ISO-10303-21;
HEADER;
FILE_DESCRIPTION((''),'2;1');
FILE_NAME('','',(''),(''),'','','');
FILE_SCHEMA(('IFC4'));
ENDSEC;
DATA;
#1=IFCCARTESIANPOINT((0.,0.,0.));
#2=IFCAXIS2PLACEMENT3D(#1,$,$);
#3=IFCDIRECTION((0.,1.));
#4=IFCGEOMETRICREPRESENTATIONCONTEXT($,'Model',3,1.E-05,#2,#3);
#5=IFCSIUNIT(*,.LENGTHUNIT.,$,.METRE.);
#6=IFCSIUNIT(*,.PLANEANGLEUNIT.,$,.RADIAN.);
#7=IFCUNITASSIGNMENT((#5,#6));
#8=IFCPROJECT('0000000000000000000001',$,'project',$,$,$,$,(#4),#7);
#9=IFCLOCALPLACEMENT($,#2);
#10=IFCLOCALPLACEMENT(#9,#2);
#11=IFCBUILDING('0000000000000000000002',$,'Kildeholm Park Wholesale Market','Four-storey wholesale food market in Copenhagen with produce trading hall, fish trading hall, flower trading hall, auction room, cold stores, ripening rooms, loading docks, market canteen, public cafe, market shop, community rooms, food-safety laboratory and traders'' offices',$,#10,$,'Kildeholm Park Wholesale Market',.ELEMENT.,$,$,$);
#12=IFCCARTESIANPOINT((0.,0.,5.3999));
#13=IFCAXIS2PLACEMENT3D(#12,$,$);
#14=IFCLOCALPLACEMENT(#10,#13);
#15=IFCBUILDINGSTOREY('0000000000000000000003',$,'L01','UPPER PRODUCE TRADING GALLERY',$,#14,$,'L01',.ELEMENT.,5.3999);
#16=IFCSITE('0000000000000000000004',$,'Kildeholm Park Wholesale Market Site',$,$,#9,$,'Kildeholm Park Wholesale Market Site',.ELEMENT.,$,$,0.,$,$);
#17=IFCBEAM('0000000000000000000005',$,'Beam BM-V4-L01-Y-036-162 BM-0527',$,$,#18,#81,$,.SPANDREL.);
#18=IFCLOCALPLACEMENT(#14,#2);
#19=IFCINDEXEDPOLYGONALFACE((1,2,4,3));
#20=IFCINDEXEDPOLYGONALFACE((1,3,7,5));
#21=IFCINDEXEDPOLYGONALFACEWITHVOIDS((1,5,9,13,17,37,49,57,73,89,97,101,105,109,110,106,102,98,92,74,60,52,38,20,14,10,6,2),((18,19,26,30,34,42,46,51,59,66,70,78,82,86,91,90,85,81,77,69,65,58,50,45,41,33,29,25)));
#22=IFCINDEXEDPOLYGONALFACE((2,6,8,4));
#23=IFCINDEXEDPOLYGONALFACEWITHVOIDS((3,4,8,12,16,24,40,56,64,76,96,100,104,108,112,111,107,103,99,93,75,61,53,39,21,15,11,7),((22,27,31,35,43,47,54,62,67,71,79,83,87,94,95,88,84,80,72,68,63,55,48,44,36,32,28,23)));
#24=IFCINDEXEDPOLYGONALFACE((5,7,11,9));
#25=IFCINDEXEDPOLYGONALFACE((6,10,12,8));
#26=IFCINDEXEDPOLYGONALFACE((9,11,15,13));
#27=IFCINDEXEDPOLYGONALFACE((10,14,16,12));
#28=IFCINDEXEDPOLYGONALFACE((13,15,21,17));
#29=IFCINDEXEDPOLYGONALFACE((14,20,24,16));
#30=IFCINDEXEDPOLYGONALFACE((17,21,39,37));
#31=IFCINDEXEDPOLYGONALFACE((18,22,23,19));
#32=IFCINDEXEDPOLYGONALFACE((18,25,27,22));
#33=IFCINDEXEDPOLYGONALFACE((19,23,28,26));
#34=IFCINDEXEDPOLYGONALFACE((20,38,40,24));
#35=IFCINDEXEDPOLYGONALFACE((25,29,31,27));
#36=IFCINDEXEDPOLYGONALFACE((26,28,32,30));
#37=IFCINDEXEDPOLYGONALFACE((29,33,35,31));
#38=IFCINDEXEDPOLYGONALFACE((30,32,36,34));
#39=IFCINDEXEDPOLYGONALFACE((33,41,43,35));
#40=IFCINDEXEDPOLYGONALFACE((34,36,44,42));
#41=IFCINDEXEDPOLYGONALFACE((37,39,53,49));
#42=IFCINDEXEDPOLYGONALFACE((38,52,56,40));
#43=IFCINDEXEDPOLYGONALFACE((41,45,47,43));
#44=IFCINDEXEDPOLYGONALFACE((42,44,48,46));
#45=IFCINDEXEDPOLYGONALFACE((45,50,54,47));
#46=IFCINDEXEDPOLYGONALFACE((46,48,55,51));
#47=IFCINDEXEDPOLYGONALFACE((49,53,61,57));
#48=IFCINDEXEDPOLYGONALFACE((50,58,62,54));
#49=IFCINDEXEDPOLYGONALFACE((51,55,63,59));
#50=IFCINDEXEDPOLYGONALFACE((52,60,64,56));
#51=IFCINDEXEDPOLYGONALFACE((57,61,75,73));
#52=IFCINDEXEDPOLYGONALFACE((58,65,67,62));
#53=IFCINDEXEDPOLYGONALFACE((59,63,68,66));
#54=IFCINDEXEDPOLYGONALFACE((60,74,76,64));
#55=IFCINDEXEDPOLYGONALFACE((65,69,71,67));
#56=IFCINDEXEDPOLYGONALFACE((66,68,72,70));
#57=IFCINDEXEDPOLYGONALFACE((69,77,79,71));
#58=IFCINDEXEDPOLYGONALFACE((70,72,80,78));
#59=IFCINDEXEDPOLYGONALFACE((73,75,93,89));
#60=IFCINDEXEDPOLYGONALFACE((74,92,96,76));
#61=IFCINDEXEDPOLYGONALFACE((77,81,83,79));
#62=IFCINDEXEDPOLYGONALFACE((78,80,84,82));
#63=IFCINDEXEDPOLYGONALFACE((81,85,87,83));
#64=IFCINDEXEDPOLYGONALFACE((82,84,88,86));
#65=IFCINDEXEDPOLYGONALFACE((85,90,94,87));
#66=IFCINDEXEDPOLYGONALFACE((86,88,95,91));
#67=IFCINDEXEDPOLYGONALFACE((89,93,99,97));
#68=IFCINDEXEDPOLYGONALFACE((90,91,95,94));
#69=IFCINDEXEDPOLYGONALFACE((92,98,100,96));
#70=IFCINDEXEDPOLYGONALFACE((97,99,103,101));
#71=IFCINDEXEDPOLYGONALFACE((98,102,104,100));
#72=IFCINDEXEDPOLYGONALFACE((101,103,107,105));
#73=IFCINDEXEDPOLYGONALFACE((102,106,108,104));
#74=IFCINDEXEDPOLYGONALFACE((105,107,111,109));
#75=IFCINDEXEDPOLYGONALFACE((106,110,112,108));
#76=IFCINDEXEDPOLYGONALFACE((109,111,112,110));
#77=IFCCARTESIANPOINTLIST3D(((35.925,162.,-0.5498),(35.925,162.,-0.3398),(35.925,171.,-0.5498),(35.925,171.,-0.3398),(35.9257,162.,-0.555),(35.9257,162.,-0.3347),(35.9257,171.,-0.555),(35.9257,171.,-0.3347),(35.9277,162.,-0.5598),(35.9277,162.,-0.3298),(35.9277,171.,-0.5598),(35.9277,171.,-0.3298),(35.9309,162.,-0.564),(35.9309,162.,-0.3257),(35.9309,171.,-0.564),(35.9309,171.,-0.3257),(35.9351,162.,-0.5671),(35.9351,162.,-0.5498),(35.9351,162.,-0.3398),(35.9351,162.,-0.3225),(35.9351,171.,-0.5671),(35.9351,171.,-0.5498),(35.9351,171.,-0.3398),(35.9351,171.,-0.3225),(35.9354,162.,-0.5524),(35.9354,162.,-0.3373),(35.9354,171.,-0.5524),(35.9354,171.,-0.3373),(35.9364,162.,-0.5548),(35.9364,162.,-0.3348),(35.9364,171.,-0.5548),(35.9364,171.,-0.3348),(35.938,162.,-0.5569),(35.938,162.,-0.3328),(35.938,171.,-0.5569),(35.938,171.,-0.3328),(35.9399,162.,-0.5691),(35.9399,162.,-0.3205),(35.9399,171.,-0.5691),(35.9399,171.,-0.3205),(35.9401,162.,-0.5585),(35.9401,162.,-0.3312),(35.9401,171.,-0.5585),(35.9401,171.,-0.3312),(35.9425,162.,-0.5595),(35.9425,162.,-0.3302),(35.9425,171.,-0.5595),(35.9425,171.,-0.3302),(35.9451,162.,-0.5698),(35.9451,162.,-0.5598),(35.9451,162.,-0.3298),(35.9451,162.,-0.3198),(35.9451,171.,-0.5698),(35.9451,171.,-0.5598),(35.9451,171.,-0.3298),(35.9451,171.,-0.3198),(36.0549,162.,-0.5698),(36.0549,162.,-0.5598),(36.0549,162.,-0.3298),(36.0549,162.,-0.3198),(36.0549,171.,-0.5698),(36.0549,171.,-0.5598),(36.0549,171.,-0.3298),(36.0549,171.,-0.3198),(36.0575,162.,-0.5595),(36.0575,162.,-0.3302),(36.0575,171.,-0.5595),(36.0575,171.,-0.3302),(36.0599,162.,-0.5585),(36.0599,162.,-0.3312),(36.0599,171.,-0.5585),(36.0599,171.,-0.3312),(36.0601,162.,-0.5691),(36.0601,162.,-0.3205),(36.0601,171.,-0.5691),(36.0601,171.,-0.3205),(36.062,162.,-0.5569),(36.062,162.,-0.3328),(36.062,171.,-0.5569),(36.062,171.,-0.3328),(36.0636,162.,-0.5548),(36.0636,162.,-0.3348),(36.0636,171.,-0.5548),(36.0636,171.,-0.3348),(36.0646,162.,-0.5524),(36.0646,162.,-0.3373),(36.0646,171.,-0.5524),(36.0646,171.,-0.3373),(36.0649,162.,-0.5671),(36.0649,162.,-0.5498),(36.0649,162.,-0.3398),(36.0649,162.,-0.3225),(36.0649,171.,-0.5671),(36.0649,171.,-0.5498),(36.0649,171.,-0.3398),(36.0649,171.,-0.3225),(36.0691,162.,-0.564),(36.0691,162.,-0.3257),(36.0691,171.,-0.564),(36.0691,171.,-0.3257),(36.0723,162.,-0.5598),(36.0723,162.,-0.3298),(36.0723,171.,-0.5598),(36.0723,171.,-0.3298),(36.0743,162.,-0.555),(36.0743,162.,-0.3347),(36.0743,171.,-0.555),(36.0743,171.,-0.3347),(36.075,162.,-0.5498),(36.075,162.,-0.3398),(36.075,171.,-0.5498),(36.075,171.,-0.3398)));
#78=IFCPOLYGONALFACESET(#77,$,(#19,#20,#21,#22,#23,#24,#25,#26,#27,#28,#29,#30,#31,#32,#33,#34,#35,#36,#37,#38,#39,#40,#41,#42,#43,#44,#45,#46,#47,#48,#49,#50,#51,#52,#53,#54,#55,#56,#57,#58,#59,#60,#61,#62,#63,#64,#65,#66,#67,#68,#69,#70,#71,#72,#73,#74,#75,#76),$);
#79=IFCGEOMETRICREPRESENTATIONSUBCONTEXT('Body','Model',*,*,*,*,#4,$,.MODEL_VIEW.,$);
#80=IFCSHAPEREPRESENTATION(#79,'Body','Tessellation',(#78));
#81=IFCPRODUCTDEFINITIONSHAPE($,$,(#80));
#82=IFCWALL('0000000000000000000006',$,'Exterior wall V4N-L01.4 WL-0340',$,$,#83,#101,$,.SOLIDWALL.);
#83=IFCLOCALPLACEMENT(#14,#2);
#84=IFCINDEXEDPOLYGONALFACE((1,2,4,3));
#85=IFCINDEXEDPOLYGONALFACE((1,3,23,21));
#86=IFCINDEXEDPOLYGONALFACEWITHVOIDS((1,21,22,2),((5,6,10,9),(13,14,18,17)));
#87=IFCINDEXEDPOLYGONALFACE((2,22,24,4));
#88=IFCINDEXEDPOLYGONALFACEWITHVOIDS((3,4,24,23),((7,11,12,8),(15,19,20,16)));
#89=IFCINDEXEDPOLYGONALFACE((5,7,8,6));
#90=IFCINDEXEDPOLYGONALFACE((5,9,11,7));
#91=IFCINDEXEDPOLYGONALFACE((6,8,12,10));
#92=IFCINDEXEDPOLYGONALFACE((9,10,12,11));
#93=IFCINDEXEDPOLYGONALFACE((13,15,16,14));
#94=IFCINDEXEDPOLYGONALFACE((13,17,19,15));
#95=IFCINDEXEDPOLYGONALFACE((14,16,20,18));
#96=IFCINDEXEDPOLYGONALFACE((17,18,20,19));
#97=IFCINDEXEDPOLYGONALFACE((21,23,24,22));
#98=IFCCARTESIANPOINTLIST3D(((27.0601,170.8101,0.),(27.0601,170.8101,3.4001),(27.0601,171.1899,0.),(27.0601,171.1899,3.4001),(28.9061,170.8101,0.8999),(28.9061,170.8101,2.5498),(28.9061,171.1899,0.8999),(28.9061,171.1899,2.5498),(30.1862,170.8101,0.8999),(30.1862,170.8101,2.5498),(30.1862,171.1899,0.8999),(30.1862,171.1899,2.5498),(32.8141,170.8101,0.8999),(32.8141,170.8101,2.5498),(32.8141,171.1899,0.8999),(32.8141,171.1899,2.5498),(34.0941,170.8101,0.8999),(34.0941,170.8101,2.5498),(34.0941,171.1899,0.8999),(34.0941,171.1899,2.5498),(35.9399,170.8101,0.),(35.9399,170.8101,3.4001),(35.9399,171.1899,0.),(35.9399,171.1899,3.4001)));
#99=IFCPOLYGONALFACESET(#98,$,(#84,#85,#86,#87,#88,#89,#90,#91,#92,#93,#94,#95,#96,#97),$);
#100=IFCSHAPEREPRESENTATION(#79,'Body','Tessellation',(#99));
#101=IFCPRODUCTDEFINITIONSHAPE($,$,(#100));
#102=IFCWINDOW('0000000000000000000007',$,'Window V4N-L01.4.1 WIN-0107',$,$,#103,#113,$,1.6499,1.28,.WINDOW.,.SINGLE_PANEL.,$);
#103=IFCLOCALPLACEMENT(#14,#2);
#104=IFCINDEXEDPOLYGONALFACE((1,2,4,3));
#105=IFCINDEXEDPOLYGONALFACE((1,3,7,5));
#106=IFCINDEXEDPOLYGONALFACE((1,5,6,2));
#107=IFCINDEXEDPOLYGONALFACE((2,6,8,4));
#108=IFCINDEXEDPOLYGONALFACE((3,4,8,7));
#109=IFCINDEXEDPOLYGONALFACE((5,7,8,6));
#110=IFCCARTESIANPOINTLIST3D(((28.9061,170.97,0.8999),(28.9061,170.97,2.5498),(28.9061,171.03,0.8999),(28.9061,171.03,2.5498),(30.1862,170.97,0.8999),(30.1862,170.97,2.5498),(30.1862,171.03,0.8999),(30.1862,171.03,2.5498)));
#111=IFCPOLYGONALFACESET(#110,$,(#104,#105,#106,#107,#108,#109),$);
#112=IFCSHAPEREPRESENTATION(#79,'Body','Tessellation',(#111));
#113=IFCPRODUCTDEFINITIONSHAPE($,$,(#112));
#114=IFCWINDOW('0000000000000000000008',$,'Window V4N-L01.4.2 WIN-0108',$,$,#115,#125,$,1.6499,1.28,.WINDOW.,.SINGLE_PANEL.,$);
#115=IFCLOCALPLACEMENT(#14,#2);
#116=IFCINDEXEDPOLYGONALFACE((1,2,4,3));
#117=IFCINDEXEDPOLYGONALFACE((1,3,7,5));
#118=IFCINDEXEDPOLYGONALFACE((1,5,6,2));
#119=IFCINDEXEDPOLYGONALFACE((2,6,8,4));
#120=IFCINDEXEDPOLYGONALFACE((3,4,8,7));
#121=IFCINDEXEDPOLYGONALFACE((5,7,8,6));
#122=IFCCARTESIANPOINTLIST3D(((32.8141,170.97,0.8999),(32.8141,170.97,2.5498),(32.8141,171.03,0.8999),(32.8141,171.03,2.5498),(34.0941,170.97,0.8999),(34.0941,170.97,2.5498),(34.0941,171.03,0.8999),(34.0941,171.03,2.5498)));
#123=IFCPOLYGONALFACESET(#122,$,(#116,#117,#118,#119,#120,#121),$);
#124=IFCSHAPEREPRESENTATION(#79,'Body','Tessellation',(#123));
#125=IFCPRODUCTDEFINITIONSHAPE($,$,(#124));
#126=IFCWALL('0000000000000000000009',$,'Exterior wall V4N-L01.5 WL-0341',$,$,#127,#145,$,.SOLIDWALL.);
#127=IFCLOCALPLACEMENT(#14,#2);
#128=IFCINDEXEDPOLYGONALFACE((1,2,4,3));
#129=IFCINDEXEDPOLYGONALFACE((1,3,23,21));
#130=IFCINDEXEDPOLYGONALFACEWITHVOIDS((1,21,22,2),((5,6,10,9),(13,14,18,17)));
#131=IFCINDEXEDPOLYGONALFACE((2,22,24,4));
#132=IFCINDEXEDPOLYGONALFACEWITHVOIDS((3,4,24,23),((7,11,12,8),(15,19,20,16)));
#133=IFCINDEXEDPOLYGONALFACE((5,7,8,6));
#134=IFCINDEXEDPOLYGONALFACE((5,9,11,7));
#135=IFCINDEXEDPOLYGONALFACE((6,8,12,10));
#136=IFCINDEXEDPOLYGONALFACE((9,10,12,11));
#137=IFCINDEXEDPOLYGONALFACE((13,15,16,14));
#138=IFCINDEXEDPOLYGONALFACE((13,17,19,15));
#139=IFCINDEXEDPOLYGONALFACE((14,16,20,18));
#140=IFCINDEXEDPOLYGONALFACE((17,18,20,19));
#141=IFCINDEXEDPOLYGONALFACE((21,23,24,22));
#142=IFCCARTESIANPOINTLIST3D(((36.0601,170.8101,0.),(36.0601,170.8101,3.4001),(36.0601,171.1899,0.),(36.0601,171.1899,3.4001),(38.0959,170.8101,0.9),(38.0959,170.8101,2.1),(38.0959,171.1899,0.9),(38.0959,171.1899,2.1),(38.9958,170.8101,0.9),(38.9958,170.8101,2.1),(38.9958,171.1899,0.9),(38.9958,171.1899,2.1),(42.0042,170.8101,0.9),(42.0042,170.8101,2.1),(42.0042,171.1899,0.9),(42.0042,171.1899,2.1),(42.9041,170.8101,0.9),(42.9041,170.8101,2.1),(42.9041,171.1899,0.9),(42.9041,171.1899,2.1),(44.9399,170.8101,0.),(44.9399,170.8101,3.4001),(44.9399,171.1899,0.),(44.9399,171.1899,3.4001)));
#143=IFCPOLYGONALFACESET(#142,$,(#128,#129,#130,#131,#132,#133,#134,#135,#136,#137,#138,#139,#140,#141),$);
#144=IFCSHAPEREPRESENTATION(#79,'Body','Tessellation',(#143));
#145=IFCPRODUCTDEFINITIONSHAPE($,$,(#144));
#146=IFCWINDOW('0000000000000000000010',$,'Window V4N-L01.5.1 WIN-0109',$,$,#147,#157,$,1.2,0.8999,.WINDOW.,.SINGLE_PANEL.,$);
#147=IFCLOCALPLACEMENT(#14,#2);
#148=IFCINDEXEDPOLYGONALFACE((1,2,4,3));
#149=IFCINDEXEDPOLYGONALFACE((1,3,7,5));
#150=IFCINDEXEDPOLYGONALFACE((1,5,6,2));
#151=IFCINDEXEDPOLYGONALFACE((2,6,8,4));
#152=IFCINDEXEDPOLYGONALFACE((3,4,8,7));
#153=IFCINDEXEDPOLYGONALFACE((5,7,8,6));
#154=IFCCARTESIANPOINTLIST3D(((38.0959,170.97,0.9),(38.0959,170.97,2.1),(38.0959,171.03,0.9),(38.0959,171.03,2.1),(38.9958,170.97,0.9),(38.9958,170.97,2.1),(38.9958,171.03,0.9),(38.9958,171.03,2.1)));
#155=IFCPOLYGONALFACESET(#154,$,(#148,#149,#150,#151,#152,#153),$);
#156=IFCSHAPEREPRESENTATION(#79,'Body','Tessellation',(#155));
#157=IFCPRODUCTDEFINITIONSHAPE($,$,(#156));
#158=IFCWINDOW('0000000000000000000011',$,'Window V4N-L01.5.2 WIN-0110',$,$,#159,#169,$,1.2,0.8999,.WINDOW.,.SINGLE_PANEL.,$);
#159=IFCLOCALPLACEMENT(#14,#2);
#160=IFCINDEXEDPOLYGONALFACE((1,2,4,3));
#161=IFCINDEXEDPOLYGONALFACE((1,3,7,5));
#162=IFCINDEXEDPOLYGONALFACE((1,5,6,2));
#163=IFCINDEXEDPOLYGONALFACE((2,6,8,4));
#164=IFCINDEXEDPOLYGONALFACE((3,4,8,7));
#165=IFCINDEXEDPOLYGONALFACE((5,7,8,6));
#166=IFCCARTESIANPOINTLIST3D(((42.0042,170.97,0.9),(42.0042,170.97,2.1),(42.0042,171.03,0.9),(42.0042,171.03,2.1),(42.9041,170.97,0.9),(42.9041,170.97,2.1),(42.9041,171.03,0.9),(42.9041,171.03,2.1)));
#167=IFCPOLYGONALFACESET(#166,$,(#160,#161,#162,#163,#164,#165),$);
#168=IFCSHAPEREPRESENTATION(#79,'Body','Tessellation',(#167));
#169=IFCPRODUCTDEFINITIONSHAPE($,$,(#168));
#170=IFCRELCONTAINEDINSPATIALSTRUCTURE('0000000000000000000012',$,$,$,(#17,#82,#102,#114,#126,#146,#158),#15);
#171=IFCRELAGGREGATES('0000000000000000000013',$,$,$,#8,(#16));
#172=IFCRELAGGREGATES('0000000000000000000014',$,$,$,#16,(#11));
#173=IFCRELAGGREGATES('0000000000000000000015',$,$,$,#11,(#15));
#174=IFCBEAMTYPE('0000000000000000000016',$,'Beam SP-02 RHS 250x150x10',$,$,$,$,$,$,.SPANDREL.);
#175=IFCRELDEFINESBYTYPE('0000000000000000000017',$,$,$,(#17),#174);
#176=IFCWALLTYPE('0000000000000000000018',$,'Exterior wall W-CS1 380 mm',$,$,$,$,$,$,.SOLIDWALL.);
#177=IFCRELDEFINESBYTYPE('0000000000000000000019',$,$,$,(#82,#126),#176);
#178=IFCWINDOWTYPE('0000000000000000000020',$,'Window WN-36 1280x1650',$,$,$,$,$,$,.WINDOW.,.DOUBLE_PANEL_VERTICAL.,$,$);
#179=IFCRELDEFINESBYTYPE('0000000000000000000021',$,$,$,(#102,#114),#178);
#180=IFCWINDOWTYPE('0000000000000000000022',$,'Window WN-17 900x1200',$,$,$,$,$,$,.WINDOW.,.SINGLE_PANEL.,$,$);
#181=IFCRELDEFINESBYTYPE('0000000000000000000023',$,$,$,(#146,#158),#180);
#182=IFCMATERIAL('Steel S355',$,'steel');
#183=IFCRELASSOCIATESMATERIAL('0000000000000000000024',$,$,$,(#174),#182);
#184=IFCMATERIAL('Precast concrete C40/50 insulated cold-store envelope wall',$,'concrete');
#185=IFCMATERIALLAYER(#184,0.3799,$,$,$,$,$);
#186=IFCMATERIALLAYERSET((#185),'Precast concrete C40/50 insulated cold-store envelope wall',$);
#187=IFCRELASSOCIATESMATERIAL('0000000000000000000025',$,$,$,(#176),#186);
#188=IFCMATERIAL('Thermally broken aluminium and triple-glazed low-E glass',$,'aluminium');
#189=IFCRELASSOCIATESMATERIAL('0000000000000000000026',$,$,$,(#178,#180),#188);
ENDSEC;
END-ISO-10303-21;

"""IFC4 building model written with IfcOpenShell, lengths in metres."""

from ifc_helpers import new_model, si_unit, direction, frame, frame_2d, origin, origin_2d, place, context, subcontext, project, spatial, rectangle, hollow_rectangle, extrude, material, layer, layer_set, material_profile, profile_set, type_object, element, fill, save


model = new_model("IFC4")

# Units and contexts
model_context = context("Model", 3, precision=1e-05, world=origin(), true_north=direction((0.0, 1.0)))
body_context = subcontext(model_context, "Body", "Model", "MODEL_VIEW")
ifc_project = project(units=[si_unit("LENGTHUNIT", "METRE"), si_unit("PLANEANGLEUNIT", "RADIAN")], contexts=[model_context])

# Site, building, storey
site_placement = place(None, origin())
site = spatial("IfcSite", under=ifc_project, at=site_placement, Name="Kildeholm Park Wholesale Market Site", LongName="Kildeholm Park Wholesale Market Site", CompositionType="ELEMENT", RefElevation=0.0)
building_placement = place(site_placement, origin())
building = spatial("IfcBuilding", under=site, at=building_placement, Name="Kildeholm Park Wholesale Market", Description="Four-storey wholesale food market in Copenhagen with produce trading hall, fish trading hall, flower trading hall, auction room, cold stores, ripening rooms, loading docks, market canteen, public cafe, market shop, community rooms, food-safety laboratory and traders' offices", LongName="Kildeholm Park Wholesale Market", CompositionType="ELEMENT")
storey_placement = place(building_placement, frame((0.0, 0.0, 5.3999)))
storey = spatial("IfcBuildingStorey", under=building, at=storey_placement, Name="L01", Description="UPPER PRODUCE TRADING GALLERY", LongName="L01", CompositionType="ELEMENT", Elevation=5.3999)

# Beam
ifc_material_1 = material(Name="Steel S355", Category="steel")
ifc_material_profile_1 = material_profile(ifc_material_1, hollow_rectangle(XDim=0.1499, YDim=0.25, WallThickness=0.01, InnerFilletRadius=0.01, OuterFilletRadius=0.02, at=origin_2d()), Name="RHS 250x150x10")
ifc_profile_set_1 = profile_set([ifc_material_profile_1], Name="Steel S355")
beam_type_1 = type_object("IfcBeamType", Name="Beam SP-02 RHS 250x150x10", PredefinedType="SPANDREL", material=ifc_profile_set_1)
beam_1_placement = place(storey_placement, frame((36.0, 162.0, -0.4448), z_axis=(0.0, 1.0, 0.0), x_axis=(-1.0, 0.0, 0.0)))
element("IfcBeam", 1, at=beam_1_placement, inside=storey, type_object=beam_type_1, Name="Beam BM-V4-L01-Y-036-162 BM-0527", PredefinedType="SPANDREL", context=body_context, shape_type="SweptSolid", body=[
    extrude(hollow_rectangle(XDim=0.1499, YDim=0.25, WallThickness=0.01, InnerFilletRadius=0.01, OuterFilletRadius=0.02, at=origin_2d()), origin(), (0.0, 0.0, 1.0), 9.0),
])

# Walls, openings, windows
ifc_material_2 = material(Name="Precast concrete C40/50 insulated cold-store envelope wall", Category="concrete")
ifc_layer_1 = layer(ifc_material_2, 0.3799)
ifc_layer_set_1 = layer_set([ifc_layer_1], Name="Precast concrete C40/50 insulated cold-store envelope wall")
wall_type_1 = type_object("IfcWallType", Name="Exterior wall W-CS1 380 mm", PredefinedType="SOLIDWALL", material=ifc_layer_set_1)
wall_1_placement = place(storey_placement, frame((27.0601, 171.0, 0.0), z_axis=(0.0, 0.0, 1.0), x_axis=(1.0, 0.0, 0.0)))
wall_1 = element("IfcWall", 2, at=wall_1_placement, inside=storey, type_object=wall_type_1, Name="Exterior wall V4N-L01.4 WL-0340", PredefinedType="SOLIDWALL", context=body_context, shape_type="SweptSolid", body=[
    extrude(rectangle(XDim=8.8799, YDim=0.3799, at=frame_2d((4.4399, 0.0))), origin(), (0.0, 0.0, 1.0), 3.4001),
])
opening_1_placement = place(wall_1_placement, frame((1.8459, 0.0, 0.8999)))
opening_1 = element("IfcOpeningElement", 3, at=opening_1_placement, cuts=wall_1, PredefinedType="OPENING", context=body_context, shape_type="SweptSolid", body=[
    extrude(rectangle(XDim=1.28, YDim=1.6499, at=frame_2d((0.6401, 0.825))), frame((0.0, 0.2, 0.0), z_axis=(0.0, -1.0, 0.0), x_axis=(1.0, 0.0, 0.0)), (0.0, 0.0, 1.0), 0.3999),
])
opening_2_placement = place(wall_1_placement, frame((5.7539, 0.0, 0.8999)))
opening_2 = element("IfcOpeningElement", 4, at=opening_2_placement, cuts=wall_1, PredefinedType="OPENING", context=body_context, shape_type="SweptSolid", body=[
    extrude(rectangle(XDim=1.28, YDim=1.6499, at=frame_2d((0.6401, 0.825))), frame((0.0, 0.2, 0.0), z_axis=(0.0, -1.0, 0.0), x_axis=(1.0, 0.0, 0.0)), (0.0, 0.0, 1.0), 0.3999),
])
ifc_material_3 = material(Name="Thermally broken aluminium and triple-glazed low-E glass", Category="aluminium")
window_type_1 = type_object("IfcWindowType", Name="Window WN-36 1280x1650", PartitioningType="DOUBLE_PANEL_VERTICAL", PredefinedType="WINDOW", material=ifc_material_3)
window_1_placement = place(opening_1_placement, origin())
window_1 = element("IfcWindow", 5, at=window_1_placement, inside=storey, type_object=window_type_1, Name="Window V4N-L01.4.1 WIN-0107", OverallHeight=1.6499, OverallWidth=1.28, PartitioningType="SINGLE_PANEL", PredefinedType="WINDOW", context=body_context, shape_type="SweptSolid", body=[
    extrude(rectangle(XDim=1.28, YDim=1.6499, at=frame_2d((0.6401, 0.825))), frame((0.0, 0.03, 0.0), z_axis=(0.0, -1.0, 0.0), x_axis=(1.0, 0.0, 0.0)), (0.0, 0.0, 1.0), 0.0601),
])
fill(opening_1, window_1)
window_2_placement = place(opening_2_placement, origin())
window_2 = element("IfcWindow", 6, at=window_2_placement, inside=storey, type_object=window_type_1, Name="Window V4N-L01.4.2 WIN-0108", OverallHeight=1.6499, OverallWidth=1.28, PartitioningType="SINGLE_PANEL", PredefinedType="WINDOW", context=body_context, shape_type="SweptSolid", body=[
    extrude(rectangle(XDim=1.28, YDim=1.6499, at=frame_2d((0.6401, 0.825))), frame((0.0, 0.03, 0.0), z_axis=(0.0, -1.0, 0.0), x_axis=(1.0, 0.0, 0.0)), (0.0, 0.0, 1.0), 0.0601),
])
fill(opening_2, window_2)
wall_2_placement = place(storey_placement, frame((36.0601, 171.0, 0.0), z_axis=(0.0, 0.0, 1.0), x_axis=(1.0, 0.0, 0.0)))
wall_2 = element("IfcWall", 7, at=wall_2_placement, inside=storey, type_object=wall_type_1, Name="Exterior wall V4N-L01.5 WL-0341", PredefinedType="SOLIDWALL", context=body_context, shape_type="SweptSolid", body=[
    extrude(rectangle(XDim=8.8799, YDim=0.3799, at=frame_2d((4.4399, 0.0))), origin(), (0.0, 0.0, 1.0), 3.4001),
])
opening_3_placement = place(wall_2_placement, frame((2.0359, 0.0, 0.8999)))
opening_3 = element("IfcOpeningElement", 8, at=opening_3_placement, cuts=wall_2, PredefinedType="OPENING", context=body_context, shape_type="SweptSolid", body=[
    extrude(rectangle(XDim=0.8999, YDim=1.2, at=frame_2d((0.45, 0.6001))), frame((0.0, 0.2, 0.0), z_axis=(0.0, -1.0, 0.0), x_axis=(1.0, 0.0, 0.0)), (0.0, 0.0, 1.0), 0.3999),
])
opening_4_placement = place(wall_2_placement, frame((5.9441, 0.0, 0.8999)))
opening_4 = element("IfcOpeningElement", 9, at=opening_4_placement, cuts=wall_2, PredefinedType="OPENING", context=body_context, shape_type="SweptSolid", body=[
    extrude(rectangle(XDim=0.8999, YDim=1.2, at=frame_2d((0.45, 0.6001))), frame((0.0, 0.2, 0.0), z_axis=(0.0, -1.0, 0.0), x_axis=(1.0, 0.0, 0.0)), (0.0, 0.0, 1.0), 0.3999),
])
window_type_2 = type_object("IfcWindowType", Name="Window WN-17 900x1200", PartitioningType="SINGLE_PANEL", PredefinedType="WINDOW", material=ifc_material_3)
window_3_placement = place(opening_3_placement, origin())
window_3 = element("IfcWindow", 10, at=window_3_placement, inside=storey, type_object=window_type_2, Name="Window V4N-L01.5.1 WIN-0109", OverallHeight=1.2, OverallWidth=0.8999, PartitioningType="SINGLE_PANEL", PredefinedType="WINDOW", context=body_context, shape_type="SweptSolid", body=[
    extrude(rectangle(XDim=0.8999, YDim=1.2, at=frame_2d((0.45, 0.6001))), frame((0.0, 0.03, 0.0), z_axis=(0.0, -1.0, 0.0), x_axis=(1.0, 0.0, 0.0)), (0.0, 0.0, 1.0), 0.0601),
])
fill(opening_3, window_3)
window_4_placement = place(opening_4_placement, origin())
window_4 = element("IfcWindow", 11, at=window_4_placement, inside=storey, type_object=window_type_2, Name="Window V4N-L01.5.2 WIN-0110", OverallHeight=1.2, OverallWidth=0.8999, PartitioningType="SINGLE_PANEL", PredefinedType="WINDOW", context=body_context, shape_type="SweptSolid", body=[
    extrude(rectangle(XDim=0.8999, YDim=1.2, at=frame_2d((0.45, 0.6001))), frame((0.0, 0.03, 0.0), z_axis=(0.0, -1.0, 0.0), x_axis=(1.0, 0.0, 0.0)), (0.0, 0.0, 1.0), 0.0601),
])
fill(opening_4, window_4)

save(model, "model.ifc")
